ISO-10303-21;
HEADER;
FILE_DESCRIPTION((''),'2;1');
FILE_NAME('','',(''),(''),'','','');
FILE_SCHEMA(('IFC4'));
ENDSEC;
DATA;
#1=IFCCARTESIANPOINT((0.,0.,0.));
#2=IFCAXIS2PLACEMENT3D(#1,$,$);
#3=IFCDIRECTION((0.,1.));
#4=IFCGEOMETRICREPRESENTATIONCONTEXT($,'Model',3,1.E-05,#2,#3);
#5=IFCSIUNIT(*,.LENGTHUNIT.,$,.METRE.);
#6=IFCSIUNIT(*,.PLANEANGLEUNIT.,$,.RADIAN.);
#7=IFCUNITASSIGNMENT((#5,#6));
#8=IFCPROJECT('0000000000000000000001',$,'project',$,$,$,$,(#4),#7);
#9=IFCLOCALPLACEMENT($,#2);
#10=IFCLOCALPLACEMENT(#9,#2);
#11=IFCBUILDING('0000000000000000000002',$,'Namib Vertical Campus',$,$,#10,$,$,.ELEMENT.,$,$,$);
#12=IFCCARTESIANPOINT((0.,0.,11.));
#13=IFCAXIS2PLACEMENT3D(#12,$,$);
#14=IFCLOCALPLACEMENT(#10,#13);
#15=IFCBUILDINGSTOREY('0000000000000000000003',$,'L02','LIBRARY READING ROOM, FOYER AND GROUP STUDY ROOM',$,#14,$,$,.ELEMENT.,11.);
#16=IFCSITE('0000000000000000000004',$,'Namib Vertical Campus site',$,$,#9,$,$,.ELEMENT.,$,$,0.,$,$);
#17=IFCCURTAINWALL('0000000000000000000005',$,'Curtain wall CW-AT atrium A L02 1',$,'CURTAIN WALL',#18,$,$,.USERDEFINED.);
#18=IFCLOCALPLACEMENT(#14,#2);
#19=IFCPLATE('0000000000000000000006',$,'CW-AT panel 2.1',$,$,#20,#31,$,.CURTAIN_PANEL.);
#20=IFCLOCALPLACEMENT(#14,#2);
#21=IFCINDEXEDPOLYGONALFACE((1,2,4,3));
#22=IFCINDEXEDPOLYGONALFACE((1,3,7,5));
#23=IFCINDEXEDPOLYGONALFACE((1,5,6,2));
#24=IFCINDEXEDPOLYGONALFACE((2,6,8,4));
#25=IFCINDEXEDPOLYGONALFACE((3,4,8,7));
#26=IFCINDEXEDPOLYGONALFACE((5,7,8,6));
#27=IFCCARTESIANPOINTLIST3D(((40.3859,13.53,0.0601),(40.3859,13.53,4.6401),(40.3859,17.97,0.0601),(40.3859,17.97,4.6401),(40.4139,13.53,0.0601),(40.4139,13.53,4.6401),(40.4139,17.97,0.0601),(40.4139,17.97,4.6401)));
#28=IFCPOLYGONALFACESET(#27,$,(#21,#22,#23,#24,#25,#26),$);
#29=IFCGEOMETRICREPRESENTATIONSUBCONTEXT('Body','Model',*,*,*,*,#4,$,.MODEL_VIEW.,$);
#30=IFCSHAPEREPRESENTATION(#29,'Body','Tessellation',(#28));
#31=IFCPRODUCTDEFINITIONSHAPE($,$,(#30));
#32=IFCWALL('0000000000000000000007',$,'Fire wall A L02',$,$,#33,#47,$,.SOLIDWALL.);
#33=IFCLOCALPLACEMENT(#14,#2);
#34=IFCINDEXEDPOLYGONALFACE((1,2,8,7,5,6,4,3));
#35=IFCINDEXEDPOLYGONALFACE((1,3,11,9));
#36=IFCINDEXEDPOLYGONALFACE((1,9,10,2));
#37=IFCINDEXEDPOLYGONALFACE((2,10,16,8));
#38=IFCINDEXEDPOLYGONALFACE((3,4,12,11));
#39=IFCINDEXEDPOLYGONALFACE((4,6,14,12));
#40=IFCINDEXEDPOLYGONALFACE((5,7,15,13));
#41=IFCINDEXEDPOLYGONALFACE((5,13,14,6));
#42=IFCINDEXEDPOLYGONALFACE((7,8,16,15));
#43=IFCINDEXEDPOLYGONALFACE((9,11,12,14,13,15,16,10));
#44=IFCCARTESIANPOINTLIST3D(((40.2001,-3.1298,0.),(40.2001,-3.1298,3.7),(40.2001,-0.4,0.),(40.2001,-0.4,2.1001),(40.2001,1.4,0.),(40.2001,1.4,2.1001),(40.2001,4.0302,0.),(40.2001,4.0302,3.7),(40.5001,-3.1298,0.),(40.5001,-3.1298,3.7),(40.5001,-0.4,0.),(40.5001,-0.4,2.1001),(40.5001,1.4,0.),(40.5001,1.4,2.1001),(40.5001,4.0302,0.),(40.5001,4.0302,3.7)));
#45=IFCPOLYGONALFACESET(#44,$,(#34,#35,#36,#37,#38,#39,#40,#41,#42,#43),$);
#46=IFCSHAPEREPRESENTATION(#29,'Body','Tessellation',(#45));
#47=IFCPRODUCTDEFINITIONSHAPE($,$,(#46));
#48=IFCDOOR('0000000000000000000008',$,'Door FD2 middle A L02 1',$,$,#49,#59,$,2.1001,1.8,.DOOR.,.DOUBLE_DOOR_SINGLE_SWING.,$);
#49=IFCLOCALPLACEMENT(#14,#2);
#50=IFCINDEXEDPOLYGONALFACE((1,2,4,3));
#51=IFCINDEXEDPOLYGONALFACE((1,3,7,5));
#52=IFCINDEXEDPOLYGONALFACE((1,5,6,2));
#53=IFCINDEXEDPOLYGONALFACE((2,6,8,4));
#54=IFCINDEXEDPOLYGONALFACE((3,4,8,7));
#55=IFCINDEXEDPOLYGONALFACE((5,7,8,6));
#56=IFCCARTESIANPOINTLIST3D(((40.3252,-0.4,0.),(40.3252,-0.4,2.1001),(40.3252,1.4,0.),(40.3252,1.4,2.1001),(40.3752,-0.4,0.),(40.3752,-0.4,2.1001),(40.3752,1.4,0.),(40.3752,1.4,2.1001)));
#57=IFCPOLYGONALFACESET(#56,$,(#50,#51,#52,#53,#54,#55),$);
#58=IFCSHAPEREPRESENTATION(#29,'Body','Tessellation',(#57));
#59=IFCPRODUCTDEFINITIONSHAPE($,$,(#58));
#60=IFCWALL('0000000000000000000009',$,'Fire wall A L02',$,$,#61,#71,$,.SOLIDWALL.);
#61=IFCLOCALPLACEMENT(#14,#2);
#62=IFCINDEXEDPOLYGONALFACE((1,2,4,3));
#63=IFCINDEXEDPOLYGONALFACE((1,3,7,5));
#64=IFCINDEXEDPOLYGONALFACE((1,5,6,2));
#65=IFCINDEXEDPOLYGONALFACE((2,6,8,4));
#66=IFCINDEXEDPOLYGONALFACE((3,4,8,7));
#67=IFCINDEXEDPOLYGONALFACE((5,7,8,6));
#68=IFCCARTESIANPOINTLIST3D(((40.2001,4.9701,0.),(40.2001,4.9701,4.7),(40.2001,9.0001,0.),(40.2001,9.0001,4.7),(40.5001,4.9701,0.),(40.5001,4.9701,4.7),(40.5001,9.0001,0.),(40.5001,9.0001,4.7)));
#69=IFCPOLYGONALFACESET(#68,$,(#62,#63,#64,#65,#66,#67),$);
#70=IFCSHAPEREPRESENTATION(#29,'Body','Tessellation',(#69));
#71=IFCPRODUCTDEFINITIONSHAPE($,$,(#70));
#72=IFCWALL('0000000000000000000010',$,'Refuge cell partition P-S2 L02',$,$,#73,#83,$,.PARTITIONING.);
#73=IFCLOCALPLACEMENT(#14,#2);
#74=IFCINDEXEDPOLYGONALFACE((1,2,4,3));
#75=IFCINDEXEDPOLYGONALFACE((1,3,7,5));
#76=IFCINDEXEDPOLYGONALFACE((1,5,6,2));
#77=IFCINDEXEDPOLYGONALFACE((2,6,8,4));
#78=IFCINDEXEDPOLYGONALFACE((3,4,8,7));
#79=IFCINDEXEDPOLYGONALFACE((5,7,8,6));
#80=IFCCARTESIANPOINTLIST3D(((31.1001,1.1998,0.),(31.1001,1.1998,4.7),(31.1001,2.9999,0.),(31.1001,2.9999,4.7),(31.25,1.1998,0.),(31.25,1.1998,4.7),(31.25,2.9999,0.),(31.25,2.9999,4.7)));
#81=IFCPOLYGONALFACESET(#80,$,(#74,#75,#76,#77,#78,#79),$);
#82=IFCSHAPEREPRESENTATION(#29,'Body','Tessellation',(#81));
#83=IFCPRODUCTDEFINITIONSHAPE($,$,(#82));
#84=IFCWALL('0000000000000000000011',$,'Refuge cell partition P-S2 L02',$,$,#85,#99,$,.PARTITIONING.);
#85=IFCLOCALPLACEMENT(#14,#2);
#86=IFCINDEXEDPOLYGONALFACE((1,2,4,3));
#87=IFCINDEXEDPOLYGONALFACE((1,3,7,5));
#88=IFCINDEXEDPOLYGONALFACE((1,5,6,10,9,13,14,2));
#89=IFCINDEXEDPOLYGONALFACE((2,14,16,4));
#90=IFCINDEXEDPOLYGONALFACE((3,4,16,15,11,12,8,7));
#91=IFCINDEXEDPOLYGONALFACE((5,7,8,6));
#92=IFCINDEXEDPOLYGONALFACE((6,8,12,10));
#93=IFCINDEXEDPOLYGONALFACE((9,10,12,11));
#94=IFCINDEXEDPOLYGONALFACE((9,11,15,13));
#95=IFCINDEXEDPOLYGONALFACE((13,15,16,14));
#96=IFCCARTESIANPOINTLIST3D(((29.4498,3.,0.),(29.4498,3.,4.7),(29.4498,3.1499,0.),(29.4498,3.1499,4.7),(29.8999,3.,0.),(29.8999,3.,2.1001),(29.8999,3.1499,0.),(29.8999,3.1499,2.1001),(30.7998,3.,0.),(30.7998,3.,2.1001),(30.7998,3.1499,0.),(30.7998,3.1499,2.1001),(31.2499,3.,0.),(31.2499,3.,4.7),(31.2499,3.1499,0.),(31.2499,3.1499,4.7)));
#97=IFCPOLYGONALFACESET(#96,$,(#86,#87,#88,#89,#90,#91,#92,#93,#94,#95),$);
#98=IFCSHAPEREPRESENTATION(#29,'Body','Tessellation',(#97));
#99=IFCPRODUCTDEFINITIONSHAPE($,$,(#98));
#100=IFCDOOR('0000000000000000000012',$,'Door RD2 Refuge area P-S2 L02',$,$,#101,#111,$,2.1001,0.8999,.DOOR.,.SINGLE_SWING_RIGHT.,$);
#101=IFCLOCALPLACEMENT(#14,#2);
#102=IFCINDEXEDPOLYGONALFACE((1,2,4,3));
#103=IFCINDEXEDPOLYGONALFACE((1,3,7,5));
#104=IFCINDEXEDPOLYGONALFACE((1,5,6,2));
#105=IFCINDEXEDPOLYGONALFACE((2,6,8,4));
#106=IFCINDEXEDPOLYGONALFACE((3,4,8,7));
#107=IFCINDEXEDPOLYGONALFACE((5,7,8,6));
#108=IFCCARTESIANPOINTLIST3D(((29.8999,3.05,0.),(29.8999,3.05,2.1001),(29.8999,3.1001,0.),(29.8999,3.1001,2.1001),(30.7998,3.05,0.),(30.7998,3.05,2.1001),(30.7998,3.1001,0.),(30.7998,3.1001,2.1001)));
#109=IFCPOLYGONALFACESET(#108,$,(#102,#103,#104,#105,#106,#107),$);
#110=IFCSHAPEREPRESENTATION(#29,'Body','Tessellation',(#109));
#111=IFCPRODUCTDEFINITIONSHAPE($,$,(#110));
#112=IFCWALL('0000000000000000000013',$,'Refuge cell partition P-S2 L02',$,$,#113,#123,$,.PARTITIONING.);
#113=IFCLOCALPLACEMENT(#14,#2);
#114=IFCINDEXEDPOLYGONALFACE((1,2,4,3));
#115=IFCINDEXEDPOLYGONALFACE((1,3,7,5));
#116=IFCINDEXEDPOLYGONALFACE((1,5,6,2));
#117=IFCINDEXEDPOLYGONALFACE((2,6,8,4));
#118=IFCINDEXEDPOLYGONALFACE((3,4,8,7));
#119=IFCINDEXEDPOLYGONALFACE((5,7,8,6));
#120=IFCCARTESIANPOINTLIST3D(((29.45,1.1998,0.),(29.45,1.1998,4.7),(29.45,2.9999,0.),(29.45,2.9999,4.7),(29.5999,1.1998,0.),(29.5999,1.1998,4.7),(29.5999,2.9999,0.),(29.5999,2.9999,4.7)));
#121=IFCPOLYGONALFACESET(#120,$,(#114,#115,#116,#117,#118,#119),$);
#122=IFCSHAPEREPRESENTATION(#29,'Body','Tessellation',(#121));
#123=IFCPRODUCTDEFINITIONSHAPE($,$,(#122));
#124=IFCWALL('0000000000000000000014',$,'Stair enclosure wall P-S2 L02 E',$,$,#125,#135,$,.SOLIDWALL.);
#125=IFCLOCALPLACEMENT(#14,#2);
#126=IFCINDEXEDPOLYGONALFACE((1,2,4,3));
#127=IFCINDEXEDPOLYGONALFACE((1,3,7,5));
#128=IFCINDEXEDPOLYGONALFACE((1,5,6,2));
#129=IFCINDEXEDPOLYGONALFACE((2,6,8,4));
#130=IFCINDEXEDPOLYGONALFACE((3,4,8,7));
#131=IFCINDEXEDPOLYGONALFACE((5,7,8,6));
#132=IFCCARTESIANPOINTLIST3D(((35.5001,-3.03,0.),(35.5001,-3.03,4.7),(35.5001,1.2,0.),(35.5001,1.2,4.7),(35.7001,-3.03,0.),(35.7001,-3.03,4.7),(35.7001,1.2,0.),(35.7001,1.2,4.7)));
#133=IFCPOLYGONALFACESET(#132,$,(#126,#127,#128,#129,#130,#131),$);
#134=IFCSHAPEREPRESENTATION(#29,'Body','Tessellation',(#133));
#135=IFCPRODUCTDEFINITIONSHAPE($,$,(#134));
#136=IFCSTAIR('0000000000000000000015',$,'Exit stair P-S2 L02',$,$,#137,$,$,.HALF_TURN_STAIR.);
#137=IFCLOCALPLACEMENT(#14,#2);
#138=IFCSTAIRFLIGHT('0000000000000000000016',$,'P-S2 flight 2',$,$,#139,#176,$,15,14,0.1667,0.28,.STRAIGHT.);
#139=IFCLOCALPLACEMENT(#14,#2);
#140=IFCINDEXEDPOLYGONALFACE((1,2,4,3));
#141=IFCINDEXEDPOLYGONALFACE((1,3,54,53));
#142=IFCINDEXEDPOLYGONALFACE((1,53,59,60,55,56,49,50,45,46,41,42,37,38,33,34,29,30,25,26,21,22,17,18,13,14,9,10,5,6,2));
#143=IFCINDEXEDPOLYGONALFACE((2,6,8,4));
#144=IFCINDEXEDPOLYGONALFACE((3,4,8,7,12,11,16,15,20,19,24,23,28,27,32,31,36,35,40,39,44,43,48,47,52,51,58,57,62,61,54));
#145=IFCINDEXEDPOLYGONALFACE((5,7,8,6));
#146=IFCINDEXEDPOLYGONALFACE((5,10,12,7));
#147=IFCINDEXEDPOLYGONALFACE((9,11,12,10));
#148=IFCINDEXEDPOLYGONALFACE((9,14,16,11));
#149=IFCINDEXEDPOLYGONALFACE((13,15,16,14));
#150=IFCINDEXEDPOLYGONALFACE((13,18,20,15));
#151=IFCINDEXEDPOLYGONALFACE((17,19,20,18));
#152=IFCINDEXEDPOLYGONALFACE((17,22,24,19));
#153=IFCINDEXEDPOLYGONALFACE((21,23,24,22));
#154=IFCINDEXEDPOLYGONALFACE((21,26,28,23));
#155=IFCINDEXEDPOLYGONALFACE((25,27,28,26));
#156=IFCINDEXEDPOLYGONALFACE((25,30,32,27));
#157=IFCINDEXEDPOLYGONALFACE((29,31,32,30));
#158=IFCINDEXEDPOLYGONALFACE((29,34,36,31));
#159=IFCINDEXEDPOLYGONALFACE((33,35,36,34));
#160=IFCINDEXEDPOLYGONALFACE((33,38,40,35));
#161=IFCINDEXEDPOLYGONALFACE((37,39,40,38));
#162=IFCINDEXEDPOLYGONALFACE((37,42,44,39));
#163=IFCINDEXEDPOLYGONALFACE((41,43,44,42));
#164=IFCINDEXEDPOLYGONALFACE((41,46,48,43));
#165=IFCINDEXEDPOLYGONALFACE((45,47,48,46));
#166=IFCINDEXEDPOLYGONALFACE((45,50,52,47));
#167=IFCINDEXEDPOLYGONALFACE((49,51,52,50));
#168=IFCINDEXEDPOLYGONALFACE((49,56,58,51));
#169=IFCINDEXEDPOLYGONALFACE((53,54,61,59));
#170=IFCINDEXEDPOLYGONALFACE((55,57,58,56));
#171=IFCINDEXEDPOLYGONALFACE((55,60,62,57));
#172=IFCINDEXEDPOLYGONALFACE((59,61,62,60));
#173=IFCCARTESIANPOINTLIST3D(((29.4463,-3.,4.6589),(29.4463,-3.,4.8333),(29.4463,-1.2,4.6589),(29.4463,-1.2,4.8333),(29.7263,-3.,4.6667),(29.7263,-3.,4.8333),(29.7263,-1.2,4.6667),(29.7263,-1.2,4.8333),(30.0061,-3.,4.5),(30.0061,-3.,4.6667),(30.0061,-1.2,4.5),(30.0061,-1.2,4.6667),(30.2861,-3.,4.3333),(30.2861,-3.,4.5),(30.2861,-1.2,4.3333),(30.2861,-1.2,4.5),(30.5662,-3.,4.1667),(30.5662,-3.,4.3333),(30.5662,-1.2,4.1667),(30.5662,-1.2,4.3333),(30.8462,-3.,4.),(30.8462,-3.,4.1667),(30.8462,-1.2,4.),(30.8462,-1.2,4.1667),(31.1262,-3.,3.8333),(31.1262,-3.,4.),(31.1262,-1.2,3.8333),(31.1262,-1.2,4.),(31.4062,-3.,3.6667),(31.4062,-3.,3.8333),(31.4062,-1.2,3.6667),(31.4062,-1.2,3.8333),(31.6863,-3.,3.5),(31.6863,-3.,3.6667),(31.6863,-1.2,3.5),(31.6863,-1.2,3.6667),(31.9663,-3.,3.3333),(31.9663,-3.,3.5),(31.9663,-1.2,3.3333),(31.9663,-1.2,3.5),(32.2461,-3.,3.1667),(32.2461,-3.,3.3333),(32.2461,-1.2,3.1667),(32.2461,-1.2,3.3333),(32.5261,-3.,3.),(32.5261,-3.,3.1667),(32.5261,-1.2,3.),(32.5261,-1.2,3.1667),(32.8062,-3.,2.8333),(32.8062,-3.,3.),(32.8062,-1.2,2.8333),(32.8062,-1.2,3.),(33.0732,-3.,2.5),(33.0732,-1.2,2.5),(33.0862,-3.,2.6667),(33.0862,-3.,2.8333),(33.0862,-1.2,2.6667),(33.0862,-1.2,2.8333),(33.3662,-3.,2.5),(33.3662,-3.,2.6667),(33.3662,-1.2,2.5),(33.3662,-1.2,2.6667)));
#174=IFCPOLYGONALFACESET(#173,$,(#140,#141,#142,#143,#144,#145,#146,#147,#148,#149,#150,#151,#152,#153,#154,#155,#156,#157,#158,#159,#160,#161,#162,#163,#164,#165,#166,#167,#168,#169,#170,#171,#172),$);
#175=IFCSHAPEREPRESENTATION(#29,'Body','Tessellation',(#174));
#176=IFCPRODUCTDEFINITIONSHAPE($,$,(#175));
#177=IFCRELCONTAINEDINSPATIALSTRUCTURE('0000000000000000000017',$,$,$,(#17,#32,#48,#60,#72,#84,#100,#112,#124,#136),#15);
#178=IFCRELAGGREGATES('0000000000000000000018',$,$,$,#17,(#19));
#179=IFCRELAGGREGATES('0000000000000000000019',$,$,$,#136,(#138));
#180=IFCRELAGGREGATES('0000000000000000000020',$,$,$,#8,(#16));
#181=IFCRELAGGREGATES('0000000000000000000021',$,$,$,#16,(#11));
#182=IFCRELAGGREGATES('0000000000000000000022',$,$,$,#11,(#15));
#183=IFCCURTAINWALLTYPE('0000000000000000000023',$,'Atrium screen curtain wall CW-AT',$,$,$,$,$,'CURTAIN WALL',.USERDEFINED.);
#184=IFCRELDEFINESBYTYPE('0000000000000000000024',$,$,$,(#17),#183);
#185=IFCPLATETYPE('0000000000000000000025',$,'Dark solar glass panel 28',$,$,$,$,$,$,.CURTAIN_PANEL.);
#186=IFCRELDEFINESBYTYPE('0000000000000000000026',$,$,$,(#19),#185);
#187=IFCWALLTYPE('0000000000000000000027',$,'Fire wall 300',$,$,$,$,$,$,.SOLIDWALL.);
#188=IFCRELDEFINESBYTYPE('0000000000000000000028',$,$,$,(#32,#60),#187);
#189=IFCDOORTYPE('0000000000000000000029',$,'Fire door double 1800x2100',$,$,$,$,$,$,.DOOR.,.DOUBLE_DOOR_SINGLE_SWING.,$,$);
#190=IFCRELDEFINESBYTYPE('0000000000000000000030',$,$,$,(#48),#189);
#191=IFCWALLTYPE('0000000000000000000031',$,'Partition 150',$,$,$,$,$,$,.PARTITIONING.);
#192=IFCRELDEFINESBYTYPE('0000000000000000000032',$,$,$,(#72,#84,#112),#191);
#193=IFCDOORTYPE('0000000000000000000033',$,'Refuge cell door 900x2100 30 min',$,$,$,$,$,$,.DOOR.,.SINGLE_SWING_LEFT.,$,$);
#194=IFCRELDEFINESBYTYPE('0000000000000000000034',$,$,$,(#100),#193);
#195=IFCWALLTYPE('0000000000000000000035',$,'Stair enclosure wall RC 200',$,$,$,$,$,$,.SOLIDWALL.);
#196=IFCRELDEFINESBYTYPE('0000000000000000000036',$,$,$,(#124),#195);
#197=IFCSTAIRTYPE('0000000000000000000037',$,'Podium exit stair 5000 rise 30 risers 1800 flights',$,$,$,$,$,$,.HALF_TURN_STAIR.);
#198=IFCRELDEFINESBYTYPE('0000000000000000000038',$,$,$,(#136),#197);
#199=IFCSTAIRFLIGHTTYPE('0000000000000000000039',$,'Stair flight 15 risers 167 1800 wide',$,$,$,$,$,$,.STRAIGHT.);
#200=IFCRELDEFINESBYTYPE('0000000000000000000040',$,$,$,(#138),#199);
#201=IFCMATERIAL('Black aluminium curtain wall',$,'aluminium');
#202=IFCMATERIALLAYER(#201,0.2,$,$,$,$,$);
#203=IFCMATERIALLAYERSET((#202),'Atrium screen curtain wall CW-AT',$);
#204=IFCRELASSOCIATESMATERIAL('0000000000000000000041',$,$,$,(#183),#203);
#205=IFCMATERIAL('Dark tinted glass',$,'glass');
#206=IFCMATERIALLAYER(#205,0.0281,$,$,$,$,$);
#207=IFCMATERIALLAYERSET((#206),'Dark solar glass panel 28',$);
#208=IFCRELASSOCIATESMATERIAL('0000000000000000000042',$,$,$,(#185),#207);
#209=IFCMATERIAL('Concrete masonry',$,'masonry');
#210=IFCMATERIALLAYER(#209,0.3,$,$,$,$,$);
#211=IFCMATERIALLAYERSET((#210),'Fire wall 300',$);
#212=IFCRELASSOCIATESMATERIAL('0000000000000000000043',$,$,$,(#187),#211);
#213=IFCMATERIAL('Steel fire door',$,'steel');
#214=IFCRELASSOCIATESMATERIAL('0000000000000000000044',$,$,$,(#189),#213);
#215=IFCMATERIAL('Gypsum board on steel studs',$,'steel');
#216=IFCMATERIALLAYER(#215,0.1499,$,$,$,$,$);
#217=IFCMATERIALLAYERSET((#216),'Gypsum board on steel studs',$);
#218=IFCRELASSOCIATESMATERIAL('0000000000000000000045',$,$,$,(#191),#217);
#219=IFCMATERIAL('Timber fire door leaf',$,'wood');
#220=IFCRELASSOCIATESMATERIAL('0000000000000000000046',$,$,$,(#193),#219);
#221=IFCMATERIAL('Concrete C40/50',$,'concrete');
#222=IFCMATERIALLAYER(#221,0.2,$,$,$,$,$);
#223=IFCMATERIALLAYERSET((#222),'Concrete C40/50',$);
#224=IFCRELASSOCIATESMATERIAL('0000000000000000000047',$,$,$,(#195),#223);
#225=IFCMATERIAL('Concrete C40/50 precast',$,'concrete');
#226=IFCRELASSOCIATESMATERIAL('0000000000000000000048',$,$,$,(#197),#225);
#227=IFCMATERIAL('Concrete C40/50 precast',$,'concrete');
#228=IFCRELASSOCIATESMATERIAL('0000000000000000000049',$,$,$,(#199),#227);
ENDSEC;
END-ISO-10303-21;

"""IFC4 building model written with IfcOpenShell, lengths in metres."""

from ifc_helpers import new_model, si_unit, direction, frame, frame_2d, origin, origin_2d, place, context, subcontext, project, spatial, polyline, rectangle, outline, extrude, material, layer, layer_set, type_object, element, fill, aggregate, save


model = new_model("IFC4")

# Units and contexts
model_context = context("Model", 3, precision=1e-05, world=origin(), true_north=direction((0.0, 1.0)))
body_context = subcontext(model_context, "Body", "Model", "MODEL_VIEW")
ifc_project = project(units=[si_unit("LENGTHUNIT", "METRE"), si_unit("PLANEANGLEUNIT", "RADIAN")], contexts=[model_context])

# Site, building, storey
site_placement = place(None, origin())
site = spatial("IfcSite", under=ifc_project, at=site_placement, Name="Namib Vertical Campus site", CompositionType="ELEMENT", RefElevation=0.0)
building_placement = place(site_placement, origin())
building = spatial("IfcBuilding", under=site, at=building_placement, Name="Namib Vertical Campus", CompositionType="ELEMENT")
storey_placement = place(building_placement, frame((0.0, 0.0, 11.0)))
storey = spatial("IfcBuildingStorey", under=building, at=storey_placement, Name="L02", Description="LIBRARY READING ROOM, FOYER AND GROUP STUDY ROOM", CompositionType="ELEMENT", Elevation=11.0)

# Curtain wall
ifc_material_1 = material(Name="Black aluminium curtain wall", Category="aluminium")
ifc_layer_1 = layer(ifc_material_1, 0.2)
ifc_layer_set_1 = layer_set([ifc_layer_1], Name="Atrium screen curtain wall CW-AT")
curtain_wall_type = type_object("IfcCurtainWallType", Name="Atrium screen curtain wall CW-AT", ElementType="CURTAIN WALL", PredefinedType="USERDEFINED", material=ifc_layer_set_1)
curtain_wall_placement = place(storey_placement, origin())
curtain_wall = element("IfcCurtainWall", 1, at=curtain_wall_placement, inside=storey, type_object=curtain_wall_type, Name="Curtain wall CW-AT atrium A L02 1", ObjectType="CURTAIN WALL", PredefinedType="USERDEFINED")

# Plate
ifc_material_2 = material(Name="Dark tinted glass", Category="glass")
ifc_layer_2 = layer(ifc_material_2, 0.0281)
ifc_layer_set_2 = layer_set([ifc_layer_2], Name="Dark solar glass panel 28")
plate_type = type_object("IfcPlateType", Name="Dark solar glass panel 28", PredefinedType="CURTAIN_PANEL", material=ifc_layer_set_2)
plate_1_placement = place(storey_placement, frame((40.3999, 15.75, 0.0601), z_axis=(0.0, 0.0, 1.0), x_axis=(0.0, 1.0, 0.0)))
plate_1 = element("IfcPlate", 2, at=plate_1_placement, type_object=plate_type, Name="CW-AT panel 2.1", PredefinedType="CURTAIN_PANEL", context=body_context, shape_type="SweptSolid", body=[
    extrude(rectangle(XDim=4.4399, YDim=0.0281, at=origin_2d()), origin(), (0.0, 0.0, 1.0), 4.5801),
])
aggregate(curtain_wall, [plate_1])

# Wall, opening, door
ifc_material_3 = material(Name="Concrete masonry", Category="masonry")
ifc_layer_3 = layer(ifc_material_3, 0.3)
ifc_layer_set_3 = layer_set([ifc_layer_3], Name="Fire wall 300")
wall_type_1 = type_object("IfcWallType", Name="Fire wall 300", PredefinedType="SOLIDWALL", material=ifc_layer_set_3)
wall_1_placement = place(storey_placement, frame((40.3501, -3.1299, 0.0), z_axis=(0.0, 0.0, 1.0), x_axis=(0.0, 1.0, 0.0)))
wall_1 = element("IfcWall", 3, at=wall_1_placement, inside=storey, type_object=wall_type_1, Name="Fire wall A L02", PredefinedType="SOLIDWALL", context=body_context, shape_type="SweptSolid", body=[
    extrude(rectangle(XDim=7.1599, YDim=0.3, at=frame_2d((3.5801, 0.0))), origin(), (0.0, 0.0, 1.0), 3.7),
])
opening_1_placement = place(wall_1_placement, frame((2.73, 0.0, 0.0)))
opening_1 = element("IfcOpeningElement", 4, at=opening_1_placement, cuts=wall_1, PredefinedType="OPENING", context=body_context, shape_type="SweptSolid", body=[
    extrude(rectangle(XDim=1.8, YDim=2.1001, at=frame_2d((0.8999, 1.05))), frame((0.0, 0.1599, 0.0), z_axis=(0.0, -1.0, 0.0), x_axis=(1.0, 0.0, 0.0)), (0.0, 0.0, 1.0), 0.3201),
])
ifc_material_4 = material(Name="Steel fire door", Category="steel")
door_type_1 = type_object("IfcDoorType", Name="Fire door double 1800x2100", OperationType="DOUBLE_DOOR_SINGLE_SWING", PredefinedType="DOOR", material=ifc_material_4)
door_1_placement = place(opening_1_placement, origin())
door_1 = element("IfcDoor", 5, at=door_1_placement, inside=storey, type_object=door_type_1, Name="Door FD2 middle A L02 1", OperationType="DOUBLE_DOOR_SINGLE_SWING", OverallHeight=2.1001, OverallWidth=1.8, PredefinedType="DOOR", context=body_context, shape_type="SweptSolid", body=[
    extrude(rectangle(XDim=1.8, YDim=2.1001, at=frame_2d((0.8999, 1.05))), frame((0.0, 0.0249, 0.0), z_axis=(0.0, -1.0, 0.0), x_axis=(1.0, 0.0, 0.0)), (0.0, 0.0, 1.0), 0.05),
])
fill(opening_1, door_1)

# Walls
wall_2_placement = place(storey_placement, frame((40.3501, 4.97, 0.0), z_axis=(0.0, 0.0, 1.0), x_axis=(0.0, 1.0, 0.0)))
element("IfcWall", 6, at=wall_2_placement, inside=storey, type_object=wall_type_1, Name="Fire wall A L02", PredefinedType="SOLIDWALL", context=body_context, shape_type="SweptSolid", body=[
    extrude(rectangle(XDim=4.03, YDim=0.3, at=frame_2d((2.0151, 0.0))), origin(), (0.0, 0.0, 1.0), 4.7),
])
ifc_material_5 = material(Name="Gypsum board on steel studs", Category="steel")
ifc_layer_4 = layer(ifc_material_5, 0.1499)
ifc_layer_set_4 = layer_set([ifc_layer_4], Name="Gypsum board on steel studs")
wall_type_2 = type_object("IfcWallType", Name="Partition 150", PredefinedType="PARTITIONING", material=ifc_layer_set_4)
wall_3_placement = place(storey_placement, frame((31.175, 1.2, 0.0), z_axis=(0.0, 0.0, 1.0), x_axis=(0.0, 1.0, 0.0)))
element("IfcWall", 7, at=wall_3_placement, inside=storey, type_object=wall_type_2, Name="Refuge cell partition P-S2 L02", PredefinedType="PARTITIONING", context=body_context, shape_type="SweptSolid", body=[
    extrude(rectangle(XDim=1.8, YDim=0.1499, at=frame_2d((0.8999, 0.0))), origin(), (0.0, 0.0, 1.0), 4.7),
])

# Wall, opening, door
wall_4_placement = place(storey_placement, frame((29.45, 3.075, 0.0), z_axis=(0.0, 0.0, 1.0), x_axis=(1.0, 0.0, 0.0)))
wall_4 = element("IfcWall", 8, at=wall_4_placement, inside=storey, type_object=wall_type_2, Name="Refuge cell partition P-S2 L02", PredefinedType="PARTITIONING", context=body_context, shape_type="SweptSolid", body=[
    extrude(rectangle(XDim=1.8, YDim=0.1499, at=frame_2d((0.8999, 0.0))), origin(), (0.0, 0.0, 1.0), 4.7),
])
opening_2_placement = place(wall_4_placement, frame((0.45, 0.0, 0.0)))
opening_2 = element("IfcOpeningElement", 9, at=opening_2_placement, cuts=wall_4, PredefinedType="OPENING", context=body_context, shape_type="SweptSolid", body=[
    extrude(rectangle(XDim=0.8999, YDim=2.1001, at=frame_2d((0.45, 1.05))), frame((0.0, 0.085, 0.0), z_axis=(0.0, -1.0, 0.0), x_axis=(1.0, 0.0, 0.0)), (0.0, 0.0, 1.0), 0.1699),
])
ifc_material_6 = material(Name="Timber fire door leaf", Category="wood")
door_type_2 = type_object("IfcDoorType", Name="Refuge cell door 900x2100 30 min", OperationType="SINGLE_SWING_LEFT", PredefinedType="DOOR", material=ifc_material_6)
door_2_placement = place(opening_2_placement, frame((0.8999, 0.0, 0.0), z_axis=(0.0, 0.0, 1.0), x_axis=(-1.0, 0.0, 0.0)))
door_2 = element("IfcDoor", 10, at=door_2_placement, inside=storey, type_object=door_type_2, Name="Door RD2 Refuge area P-S2 L02", OperationType="SINGLE_SWING_RIGHT", OverallHeight=2.1001, OverallWidth=0.8999, PredefinedType="DOOR", context=body_context, shape_type="SweptSolid", body=[
    extrude(rectangle(XDim=0.8999, YDim=2.1001, at=frame_2d((0.45, 1.05))), frame((0.0, 0.0249, 0.0), z_axis=(0.0, -1.0, 0.0), x_axis=(1.0, 0.0, 0.0)), (0.0, 0.0, 1.0), 0.05),
])
fill(opening_2, door_2)

# Walls
wall_5_placement = place(storey_placement, frame((29.5249, 1.2, 0.0), z_axis=(0.0, 0.0, 1.0), x_axis=(0.0, 1.0, 0.0)))
element("IfcWall", 11, at=wall_5_placement, inside=storey, type_object=wall_type_2, Name="Refuge cell partition P-S2 L02", PredefinedType="PARTITIONING", context=body_context, shape_type="SweptSolid", body=[
    extrude(rectangle(XDim=1.8, YDim=0.1499, at=frame_2d((0.8999, 0.0))), origin(), (0.0, 0.0, 1.0), 4.7),
])
ifc_material_7 = material(Name="Concrete C40/50", Category="concrete")
ifc_layer_5 = layer(ifc_material_7, 0.2)
ifc_layer_set_5 = layer_set([ifc_layer_5], Name="Concrete C40/50")
wall_type_3 = type_object("IfcWallType", Name="Stair enclosure wall RC 200", PredefinedType="SOLIDWALL", material=ifc_layer_set_5)
wall_6_placement = place(storey_placement, frame((35.6001, -3.03, 0.0), z_axis=(0.0, 0.0, 1.0), x_axis=(0.0, 1.0, 0.0)))
element("IfcWall", 12, at=wall_6_placement, inside=storey, type_object=wall_type_3, Name="Stair enclosure wall P-S2 L02 E", PredefinedType="SOLIDWALL", context=body_context, shape_type="SweptSolid", body=[
    extrude(rectangle(XDim=4.23, YDim=0.2, at=frame_2d((2.115, 0.0))), origin(), (0.0, 0.0, 1.0), 4.7),
])

# Stair, stair flight
ifc_material_8 = material(Name="Concrete C40/50 precast", Category="concrete")
stair_type = type_object("IfcStairType", Name="Podium exit stair 5000 rise 30 risers 1800 flights", PredefinedType="HALF_TURN_STAIR", material=ifc_material_8)
stair_placement = place(storey_placement, origin())
stair = element("IfcStair", 13, at=stair_placement, inside=storey, type_object=stair_type, Name="Exit stair P-S2 L02", PredefinedType="HALF_TURN_STAIR")
ifc_material_9 = material(Name="Concrete C40/50 precast", Category="concrete")
stair_flight_type = type_object("IfcStairFlightType", Name="Stair flight 15 risers 167 1800 wide", PredefinedType="STRAIGHT", material=ifc_material_9)
stair_flight_placement = place(storey_placement, frame((33.3662, -2.1001, 2.5), z_axis=(0.0, 0.0, 1.0), x_axis=(-1.0, 0.0, 0.0)))
stair_flight = element("IfcStairFlight", 14, at=stair_flight_placement, type_object=stair_flight_type, Name="P-S2 flight 2", NumberOfRisers=15, NumberOfTreads=14, PredefinedType="STRAIGHT", RiserHeight=0.1667, TreadLength=0.28, context=body_context, shape_type="SweptSolid", body=[
    extrude(outline(polyline([(0.0, 0.0), (0.0, 0.1667), (0.28, 0.1667), (0.28, 0.3333), (0.5601, 0.3333), (0.5601, 0.5), (0.8401, 0.5), (0.8401, 0.6667), (1.1201, 0.6667), (1.1201, 0.8333), (1.3999, 0.8333), (1.3999, 1.0), (1.6799, 1.0), (1.6799, 1.1667), (1.96, 1.1667), (1.96, 1.3333), (2.24, 1.3333), (2.24, 1.5), (2.52, 1.5), (2.52, 1.6667), (2.8, 1.6667), (2.8, 1.8333), (3.0801, 1.8333), (3.0801, 2.0), (3.3601, 2.0), (3.3601, 2.1667), (3.6399, 2.1667), (3.6399, 2.3333), (3.9199, 2.3333), (3.9199, 2.5), (3.9199, 2.1589), (0.293, 0.0), (0.0, 0.0)])), frame((0.0, 0.8999, 0.0), z_axis=(0.0, -1.0, 0.0), x_axis=(1.0, 0.0, 0.0)), (0.0, 0.0, 1.0), 1.8),
])
aggregate(stair, [stair_flight])

save(model, "model.ifc")
